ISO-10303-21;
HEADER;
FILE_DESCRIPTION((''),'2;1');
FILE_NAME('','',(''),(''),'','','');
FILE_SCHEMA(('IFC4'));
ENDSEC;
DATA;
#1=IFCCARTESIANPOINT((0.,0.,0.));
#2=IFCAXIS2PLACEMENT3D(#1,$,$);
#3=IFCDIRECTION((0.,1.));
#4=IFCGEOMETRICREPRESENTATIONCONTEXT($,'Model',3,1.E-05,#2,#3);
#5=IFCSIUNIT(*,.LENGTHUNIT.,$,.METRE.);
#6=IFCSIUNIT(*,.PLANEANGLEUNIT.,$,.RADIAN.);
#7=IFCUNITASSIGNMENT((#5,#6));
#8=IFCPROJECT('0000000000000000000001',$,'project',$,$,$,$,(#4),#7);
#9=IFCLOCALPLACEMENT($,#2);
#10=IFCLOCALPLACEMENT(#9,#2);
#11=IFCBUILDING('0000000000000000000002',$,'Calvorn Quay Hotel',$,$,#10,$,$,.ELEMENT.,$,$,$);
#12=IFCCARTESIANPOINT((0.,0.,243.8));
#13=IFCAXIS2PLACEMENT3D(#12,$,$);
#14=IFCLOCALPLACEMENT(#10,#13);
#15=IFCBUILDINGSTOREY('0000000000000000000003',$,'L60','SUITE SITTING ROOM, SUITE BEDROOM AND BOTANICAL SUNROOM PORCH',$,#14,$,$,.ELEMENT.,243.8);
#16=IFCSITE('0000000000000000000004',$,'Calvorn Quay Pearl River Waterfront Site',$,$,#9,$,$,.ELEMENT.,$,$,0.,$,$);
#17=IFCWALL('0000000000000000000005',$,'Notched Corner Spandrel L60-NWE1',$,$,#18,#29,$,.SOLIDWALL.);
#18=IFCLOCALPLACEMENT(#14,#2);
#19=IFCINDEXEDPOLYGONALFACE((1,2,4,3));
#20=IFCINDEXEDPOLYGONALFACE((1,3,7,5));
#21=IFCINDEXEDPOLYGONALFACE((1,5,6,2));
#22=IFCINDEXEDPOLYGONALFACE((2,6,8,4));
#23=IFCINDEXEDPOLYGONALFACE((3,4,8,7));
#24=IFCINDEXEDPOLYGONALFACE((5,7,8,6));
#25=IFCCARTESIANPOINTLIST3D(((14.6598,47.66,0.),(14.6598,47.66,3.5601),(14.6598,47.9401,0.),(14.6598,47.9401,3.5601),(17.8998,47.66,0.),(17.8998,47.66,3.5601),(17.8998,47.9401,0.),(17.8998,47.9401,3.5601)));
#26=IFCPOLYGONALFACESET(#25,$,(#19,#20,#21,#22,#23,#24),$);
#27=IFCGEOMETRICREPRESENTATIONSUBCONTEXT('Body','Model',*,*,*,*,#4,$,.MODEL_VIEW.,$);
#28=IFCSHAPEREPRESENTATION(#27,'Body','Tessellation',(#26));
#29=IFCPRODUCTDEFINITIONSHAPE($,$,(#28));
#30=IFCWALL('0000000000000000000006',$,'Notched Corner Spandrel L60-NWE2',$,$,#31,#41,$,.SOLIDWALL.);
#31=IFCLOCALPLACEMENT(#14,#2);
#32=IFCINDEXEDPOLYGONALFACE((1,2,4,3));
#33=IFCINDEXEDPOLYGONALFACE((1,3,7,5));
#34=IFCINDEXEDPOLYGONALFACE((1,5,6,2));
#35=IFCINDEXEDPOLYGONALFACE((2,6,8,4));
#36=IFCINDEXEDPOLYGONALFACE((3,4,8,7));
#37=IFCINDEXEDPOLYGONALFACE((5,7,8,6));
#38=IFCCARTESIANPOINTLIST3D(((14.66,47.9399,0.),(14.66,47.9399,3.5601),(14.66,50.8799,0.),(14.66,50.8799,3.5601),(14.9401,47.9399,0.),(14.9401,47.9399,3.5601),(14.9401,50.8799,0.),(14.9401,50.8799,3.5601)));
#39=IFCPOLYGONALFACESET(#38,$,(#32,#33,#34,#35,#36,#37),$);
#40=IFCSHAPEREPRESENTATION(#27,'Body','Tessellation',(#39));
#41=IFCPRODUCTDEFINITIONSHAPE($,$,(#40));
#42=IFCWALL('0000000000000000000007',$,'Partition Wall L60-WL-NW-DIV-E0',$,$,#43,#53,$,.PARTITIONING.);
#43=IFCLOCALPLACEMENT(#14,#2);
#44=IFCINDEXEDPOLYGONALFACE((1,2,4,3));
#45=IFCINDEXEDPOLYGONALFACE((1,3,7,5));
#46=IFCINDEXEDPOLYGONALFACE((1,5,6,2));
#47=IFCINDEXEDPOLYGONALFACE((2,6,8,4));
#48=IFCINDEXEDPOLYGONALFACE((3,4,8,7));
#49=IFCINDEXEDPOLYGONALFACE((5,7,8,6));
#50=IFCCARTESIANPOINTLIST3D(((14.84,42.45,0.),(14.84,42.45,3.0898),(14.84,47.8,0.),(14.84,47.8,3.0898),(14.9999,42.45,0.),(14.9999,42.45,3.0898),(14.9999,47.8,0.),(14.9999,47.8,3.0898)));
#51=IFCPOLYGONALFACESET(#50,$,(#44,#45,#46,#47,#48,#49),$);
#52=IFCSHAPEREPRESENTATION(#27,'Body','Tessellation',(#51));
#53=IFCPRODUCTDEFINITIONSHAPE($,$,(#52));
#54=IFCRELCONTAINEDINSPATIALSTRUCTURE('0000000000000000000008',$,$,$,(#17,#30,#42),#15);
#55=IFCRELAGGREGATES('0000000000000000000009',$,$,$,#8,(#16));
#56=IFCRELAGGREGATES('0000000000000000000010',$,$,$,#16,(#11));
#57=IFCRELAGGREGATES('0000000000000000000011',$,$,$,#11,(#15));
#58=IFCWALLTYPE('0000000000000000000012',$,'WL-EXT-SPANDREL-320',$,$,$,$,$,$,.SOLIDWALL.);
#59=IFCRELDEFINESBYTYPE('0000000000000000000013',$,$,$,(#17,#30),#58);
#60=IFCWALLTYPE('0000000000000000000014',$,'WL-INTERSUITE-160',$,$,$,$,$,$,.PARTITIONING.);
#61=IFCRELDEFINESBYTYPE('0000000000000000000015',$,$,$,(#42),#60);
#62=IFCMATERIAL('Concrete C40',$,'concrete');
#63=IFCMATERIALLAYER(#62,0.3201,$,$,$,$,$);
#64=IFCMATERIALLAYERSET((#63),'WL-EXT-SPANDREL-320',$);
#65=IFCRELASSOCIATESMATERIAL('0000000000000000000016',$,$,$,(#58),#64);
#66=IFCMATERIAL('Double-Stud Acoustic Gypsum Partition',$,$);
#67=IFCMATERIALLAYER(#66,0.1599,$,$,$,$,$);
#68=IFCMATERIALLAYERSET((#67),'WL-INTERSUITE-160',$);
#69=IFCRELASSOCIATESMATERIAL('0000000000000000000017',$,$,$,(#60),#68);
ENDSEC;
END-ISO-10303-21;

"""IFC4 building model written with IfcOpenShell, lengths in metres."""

from ifc_helpers import new_model, si_unit, direction, frame, frame_2d, origin, place, context, subcontext, project, spatial, rectangle, extrude, material, layer, layer_set, type_object, element, save


model = new_model("IFC4")

# Units and contexts
model_context = context("Model", 3, precision=1e-05, world=origin(), true_north=direction((0.0, 1.0)))
body_context = subcontext(model_context, "Body", "Model", "MODEL_VIEW")
ifc_project = project(units=[si_unit("LENGTHUNIT", "METRE"), si_unit("PLANEANGLEUNIT", "RADIAN")], contexts=[model_context])

# Site, building, storey
site_placement = place(None, origin())
site = spatial("IfcSite", under=ifc_project, at=site_placement, Name="Calvorn Quay Pearl River Waterfront Site", CompositionType="ELEMENT", RefElevation=0.0)
building_placement = place(site_placement, origin())
building = spatial("IfcBuilding", under=site, at=building_placement, Name="Calvorn Quay Hotel", CompositionType="ELEMENT")
storey_placement = place(building_placement, frame((0.0, 0.0, 243.8)))
storey = spatial("IfcBuildingStorey", under=building, at=storey_placement, Name="L60", Description="SUITE SITTING ROOM, SUITE BEDROOM AND BOTANICAL SUNROOM PORCH", CompositionType="ELEMENT", Elevation=243.8)

# Walls
ifc_material_1 = material(Name="Concrete C40", Category="concrete")
ifc_layer_1 = layer(ifc_material_1, 0.3201)
ifc_layer_set_1 = layer_set([ifc_layer_1], Name="WL-EXT-SPANDREL-320")
wall_type_1 = type_object("IfcWallType", Name="WL-EXT-SPANDREL-320", PredefinedType="SOLIDWALL", material=ifc_layer_set_1)
wall_1_placement = place(storey_placement, frame((17.8999, 47.8, 0.0), z_axis=(0.0, 0.0, 1.0), x_axis=(-1.0, 0.0, 0.0)))
element("IfcWall", 1, at=wall_1_placement, inside=storey, type_object=wall_type_1, Name="Notched Corner Spandrel L60-NWE1", PredefinedType="SOLIDWALL", context=body_context, shape_type="SweptSolid", body=[
    extrude(rectangle(XDim=3.24, YDim=0.28, at=frame_2d((1.6201, 0.0))), origin(), (0.0, 0.0, 1.0), 3.5601),
])
wall_2_placement = place(storey_placement, frame((14.8, 47.9399, 0.0), z_axis=(0.0, 0.0, 1.0), x_axis=(0.0, 1.0, 0.0)))
element("IfcWall", 2, at=wall_2_placement, inside=storey, type_object=wall_type_1, Name="Notched Corner Spandrel L60-NWE2", PredefinedType="SOLIDWALL", context=body_context, shape_type="SweptSolid", body=[
    extrude(rectangle(XDim=2.9399, YDim=0.28, at=frame_2d((1.47, 0.0))), origin(), (0.0, 0.0, 1.0), 3.5601),
])
ifc_material_2 = material(Name="Double-Stud Acoustic Gypsum Partition")
ifc_layer_2 = layer(ifc_material_2, 0.1599)
ifc_layer_set_2 = layer_set([ifc_layer_2], Name="WL-INTERSUITE-160")
wall_type_2 = type_object("IfcWallType", Name="WL-INTERSUITE-160", PredefinedType="PARTITIONING", material=ifc_layer_set_2)
wall_3_placement = place(storey_placement, frame((14.9199, 42.45, 0.0), z_axis=(0.0, 0.0, 1.0), x_axis=(0.0, 1.0, 0.0)))
element("IfcWall", 3, at=wall_3_placement, inside=storey, type_object=wall_type_2, Name="Partition Wall L60-WL-NW-DIV-E0", PredefinedType="PARTITIONING", context=body_context, shape_type="SweptSolid", body=[
    extrude(rectangle(XDim=5.3501, YDim=0.1599, at=frame_2d((2.675, 0.0))), origin(), (0.0, 0.0, 1.0), 3.0898),
])

save(model, "model.ifc")
